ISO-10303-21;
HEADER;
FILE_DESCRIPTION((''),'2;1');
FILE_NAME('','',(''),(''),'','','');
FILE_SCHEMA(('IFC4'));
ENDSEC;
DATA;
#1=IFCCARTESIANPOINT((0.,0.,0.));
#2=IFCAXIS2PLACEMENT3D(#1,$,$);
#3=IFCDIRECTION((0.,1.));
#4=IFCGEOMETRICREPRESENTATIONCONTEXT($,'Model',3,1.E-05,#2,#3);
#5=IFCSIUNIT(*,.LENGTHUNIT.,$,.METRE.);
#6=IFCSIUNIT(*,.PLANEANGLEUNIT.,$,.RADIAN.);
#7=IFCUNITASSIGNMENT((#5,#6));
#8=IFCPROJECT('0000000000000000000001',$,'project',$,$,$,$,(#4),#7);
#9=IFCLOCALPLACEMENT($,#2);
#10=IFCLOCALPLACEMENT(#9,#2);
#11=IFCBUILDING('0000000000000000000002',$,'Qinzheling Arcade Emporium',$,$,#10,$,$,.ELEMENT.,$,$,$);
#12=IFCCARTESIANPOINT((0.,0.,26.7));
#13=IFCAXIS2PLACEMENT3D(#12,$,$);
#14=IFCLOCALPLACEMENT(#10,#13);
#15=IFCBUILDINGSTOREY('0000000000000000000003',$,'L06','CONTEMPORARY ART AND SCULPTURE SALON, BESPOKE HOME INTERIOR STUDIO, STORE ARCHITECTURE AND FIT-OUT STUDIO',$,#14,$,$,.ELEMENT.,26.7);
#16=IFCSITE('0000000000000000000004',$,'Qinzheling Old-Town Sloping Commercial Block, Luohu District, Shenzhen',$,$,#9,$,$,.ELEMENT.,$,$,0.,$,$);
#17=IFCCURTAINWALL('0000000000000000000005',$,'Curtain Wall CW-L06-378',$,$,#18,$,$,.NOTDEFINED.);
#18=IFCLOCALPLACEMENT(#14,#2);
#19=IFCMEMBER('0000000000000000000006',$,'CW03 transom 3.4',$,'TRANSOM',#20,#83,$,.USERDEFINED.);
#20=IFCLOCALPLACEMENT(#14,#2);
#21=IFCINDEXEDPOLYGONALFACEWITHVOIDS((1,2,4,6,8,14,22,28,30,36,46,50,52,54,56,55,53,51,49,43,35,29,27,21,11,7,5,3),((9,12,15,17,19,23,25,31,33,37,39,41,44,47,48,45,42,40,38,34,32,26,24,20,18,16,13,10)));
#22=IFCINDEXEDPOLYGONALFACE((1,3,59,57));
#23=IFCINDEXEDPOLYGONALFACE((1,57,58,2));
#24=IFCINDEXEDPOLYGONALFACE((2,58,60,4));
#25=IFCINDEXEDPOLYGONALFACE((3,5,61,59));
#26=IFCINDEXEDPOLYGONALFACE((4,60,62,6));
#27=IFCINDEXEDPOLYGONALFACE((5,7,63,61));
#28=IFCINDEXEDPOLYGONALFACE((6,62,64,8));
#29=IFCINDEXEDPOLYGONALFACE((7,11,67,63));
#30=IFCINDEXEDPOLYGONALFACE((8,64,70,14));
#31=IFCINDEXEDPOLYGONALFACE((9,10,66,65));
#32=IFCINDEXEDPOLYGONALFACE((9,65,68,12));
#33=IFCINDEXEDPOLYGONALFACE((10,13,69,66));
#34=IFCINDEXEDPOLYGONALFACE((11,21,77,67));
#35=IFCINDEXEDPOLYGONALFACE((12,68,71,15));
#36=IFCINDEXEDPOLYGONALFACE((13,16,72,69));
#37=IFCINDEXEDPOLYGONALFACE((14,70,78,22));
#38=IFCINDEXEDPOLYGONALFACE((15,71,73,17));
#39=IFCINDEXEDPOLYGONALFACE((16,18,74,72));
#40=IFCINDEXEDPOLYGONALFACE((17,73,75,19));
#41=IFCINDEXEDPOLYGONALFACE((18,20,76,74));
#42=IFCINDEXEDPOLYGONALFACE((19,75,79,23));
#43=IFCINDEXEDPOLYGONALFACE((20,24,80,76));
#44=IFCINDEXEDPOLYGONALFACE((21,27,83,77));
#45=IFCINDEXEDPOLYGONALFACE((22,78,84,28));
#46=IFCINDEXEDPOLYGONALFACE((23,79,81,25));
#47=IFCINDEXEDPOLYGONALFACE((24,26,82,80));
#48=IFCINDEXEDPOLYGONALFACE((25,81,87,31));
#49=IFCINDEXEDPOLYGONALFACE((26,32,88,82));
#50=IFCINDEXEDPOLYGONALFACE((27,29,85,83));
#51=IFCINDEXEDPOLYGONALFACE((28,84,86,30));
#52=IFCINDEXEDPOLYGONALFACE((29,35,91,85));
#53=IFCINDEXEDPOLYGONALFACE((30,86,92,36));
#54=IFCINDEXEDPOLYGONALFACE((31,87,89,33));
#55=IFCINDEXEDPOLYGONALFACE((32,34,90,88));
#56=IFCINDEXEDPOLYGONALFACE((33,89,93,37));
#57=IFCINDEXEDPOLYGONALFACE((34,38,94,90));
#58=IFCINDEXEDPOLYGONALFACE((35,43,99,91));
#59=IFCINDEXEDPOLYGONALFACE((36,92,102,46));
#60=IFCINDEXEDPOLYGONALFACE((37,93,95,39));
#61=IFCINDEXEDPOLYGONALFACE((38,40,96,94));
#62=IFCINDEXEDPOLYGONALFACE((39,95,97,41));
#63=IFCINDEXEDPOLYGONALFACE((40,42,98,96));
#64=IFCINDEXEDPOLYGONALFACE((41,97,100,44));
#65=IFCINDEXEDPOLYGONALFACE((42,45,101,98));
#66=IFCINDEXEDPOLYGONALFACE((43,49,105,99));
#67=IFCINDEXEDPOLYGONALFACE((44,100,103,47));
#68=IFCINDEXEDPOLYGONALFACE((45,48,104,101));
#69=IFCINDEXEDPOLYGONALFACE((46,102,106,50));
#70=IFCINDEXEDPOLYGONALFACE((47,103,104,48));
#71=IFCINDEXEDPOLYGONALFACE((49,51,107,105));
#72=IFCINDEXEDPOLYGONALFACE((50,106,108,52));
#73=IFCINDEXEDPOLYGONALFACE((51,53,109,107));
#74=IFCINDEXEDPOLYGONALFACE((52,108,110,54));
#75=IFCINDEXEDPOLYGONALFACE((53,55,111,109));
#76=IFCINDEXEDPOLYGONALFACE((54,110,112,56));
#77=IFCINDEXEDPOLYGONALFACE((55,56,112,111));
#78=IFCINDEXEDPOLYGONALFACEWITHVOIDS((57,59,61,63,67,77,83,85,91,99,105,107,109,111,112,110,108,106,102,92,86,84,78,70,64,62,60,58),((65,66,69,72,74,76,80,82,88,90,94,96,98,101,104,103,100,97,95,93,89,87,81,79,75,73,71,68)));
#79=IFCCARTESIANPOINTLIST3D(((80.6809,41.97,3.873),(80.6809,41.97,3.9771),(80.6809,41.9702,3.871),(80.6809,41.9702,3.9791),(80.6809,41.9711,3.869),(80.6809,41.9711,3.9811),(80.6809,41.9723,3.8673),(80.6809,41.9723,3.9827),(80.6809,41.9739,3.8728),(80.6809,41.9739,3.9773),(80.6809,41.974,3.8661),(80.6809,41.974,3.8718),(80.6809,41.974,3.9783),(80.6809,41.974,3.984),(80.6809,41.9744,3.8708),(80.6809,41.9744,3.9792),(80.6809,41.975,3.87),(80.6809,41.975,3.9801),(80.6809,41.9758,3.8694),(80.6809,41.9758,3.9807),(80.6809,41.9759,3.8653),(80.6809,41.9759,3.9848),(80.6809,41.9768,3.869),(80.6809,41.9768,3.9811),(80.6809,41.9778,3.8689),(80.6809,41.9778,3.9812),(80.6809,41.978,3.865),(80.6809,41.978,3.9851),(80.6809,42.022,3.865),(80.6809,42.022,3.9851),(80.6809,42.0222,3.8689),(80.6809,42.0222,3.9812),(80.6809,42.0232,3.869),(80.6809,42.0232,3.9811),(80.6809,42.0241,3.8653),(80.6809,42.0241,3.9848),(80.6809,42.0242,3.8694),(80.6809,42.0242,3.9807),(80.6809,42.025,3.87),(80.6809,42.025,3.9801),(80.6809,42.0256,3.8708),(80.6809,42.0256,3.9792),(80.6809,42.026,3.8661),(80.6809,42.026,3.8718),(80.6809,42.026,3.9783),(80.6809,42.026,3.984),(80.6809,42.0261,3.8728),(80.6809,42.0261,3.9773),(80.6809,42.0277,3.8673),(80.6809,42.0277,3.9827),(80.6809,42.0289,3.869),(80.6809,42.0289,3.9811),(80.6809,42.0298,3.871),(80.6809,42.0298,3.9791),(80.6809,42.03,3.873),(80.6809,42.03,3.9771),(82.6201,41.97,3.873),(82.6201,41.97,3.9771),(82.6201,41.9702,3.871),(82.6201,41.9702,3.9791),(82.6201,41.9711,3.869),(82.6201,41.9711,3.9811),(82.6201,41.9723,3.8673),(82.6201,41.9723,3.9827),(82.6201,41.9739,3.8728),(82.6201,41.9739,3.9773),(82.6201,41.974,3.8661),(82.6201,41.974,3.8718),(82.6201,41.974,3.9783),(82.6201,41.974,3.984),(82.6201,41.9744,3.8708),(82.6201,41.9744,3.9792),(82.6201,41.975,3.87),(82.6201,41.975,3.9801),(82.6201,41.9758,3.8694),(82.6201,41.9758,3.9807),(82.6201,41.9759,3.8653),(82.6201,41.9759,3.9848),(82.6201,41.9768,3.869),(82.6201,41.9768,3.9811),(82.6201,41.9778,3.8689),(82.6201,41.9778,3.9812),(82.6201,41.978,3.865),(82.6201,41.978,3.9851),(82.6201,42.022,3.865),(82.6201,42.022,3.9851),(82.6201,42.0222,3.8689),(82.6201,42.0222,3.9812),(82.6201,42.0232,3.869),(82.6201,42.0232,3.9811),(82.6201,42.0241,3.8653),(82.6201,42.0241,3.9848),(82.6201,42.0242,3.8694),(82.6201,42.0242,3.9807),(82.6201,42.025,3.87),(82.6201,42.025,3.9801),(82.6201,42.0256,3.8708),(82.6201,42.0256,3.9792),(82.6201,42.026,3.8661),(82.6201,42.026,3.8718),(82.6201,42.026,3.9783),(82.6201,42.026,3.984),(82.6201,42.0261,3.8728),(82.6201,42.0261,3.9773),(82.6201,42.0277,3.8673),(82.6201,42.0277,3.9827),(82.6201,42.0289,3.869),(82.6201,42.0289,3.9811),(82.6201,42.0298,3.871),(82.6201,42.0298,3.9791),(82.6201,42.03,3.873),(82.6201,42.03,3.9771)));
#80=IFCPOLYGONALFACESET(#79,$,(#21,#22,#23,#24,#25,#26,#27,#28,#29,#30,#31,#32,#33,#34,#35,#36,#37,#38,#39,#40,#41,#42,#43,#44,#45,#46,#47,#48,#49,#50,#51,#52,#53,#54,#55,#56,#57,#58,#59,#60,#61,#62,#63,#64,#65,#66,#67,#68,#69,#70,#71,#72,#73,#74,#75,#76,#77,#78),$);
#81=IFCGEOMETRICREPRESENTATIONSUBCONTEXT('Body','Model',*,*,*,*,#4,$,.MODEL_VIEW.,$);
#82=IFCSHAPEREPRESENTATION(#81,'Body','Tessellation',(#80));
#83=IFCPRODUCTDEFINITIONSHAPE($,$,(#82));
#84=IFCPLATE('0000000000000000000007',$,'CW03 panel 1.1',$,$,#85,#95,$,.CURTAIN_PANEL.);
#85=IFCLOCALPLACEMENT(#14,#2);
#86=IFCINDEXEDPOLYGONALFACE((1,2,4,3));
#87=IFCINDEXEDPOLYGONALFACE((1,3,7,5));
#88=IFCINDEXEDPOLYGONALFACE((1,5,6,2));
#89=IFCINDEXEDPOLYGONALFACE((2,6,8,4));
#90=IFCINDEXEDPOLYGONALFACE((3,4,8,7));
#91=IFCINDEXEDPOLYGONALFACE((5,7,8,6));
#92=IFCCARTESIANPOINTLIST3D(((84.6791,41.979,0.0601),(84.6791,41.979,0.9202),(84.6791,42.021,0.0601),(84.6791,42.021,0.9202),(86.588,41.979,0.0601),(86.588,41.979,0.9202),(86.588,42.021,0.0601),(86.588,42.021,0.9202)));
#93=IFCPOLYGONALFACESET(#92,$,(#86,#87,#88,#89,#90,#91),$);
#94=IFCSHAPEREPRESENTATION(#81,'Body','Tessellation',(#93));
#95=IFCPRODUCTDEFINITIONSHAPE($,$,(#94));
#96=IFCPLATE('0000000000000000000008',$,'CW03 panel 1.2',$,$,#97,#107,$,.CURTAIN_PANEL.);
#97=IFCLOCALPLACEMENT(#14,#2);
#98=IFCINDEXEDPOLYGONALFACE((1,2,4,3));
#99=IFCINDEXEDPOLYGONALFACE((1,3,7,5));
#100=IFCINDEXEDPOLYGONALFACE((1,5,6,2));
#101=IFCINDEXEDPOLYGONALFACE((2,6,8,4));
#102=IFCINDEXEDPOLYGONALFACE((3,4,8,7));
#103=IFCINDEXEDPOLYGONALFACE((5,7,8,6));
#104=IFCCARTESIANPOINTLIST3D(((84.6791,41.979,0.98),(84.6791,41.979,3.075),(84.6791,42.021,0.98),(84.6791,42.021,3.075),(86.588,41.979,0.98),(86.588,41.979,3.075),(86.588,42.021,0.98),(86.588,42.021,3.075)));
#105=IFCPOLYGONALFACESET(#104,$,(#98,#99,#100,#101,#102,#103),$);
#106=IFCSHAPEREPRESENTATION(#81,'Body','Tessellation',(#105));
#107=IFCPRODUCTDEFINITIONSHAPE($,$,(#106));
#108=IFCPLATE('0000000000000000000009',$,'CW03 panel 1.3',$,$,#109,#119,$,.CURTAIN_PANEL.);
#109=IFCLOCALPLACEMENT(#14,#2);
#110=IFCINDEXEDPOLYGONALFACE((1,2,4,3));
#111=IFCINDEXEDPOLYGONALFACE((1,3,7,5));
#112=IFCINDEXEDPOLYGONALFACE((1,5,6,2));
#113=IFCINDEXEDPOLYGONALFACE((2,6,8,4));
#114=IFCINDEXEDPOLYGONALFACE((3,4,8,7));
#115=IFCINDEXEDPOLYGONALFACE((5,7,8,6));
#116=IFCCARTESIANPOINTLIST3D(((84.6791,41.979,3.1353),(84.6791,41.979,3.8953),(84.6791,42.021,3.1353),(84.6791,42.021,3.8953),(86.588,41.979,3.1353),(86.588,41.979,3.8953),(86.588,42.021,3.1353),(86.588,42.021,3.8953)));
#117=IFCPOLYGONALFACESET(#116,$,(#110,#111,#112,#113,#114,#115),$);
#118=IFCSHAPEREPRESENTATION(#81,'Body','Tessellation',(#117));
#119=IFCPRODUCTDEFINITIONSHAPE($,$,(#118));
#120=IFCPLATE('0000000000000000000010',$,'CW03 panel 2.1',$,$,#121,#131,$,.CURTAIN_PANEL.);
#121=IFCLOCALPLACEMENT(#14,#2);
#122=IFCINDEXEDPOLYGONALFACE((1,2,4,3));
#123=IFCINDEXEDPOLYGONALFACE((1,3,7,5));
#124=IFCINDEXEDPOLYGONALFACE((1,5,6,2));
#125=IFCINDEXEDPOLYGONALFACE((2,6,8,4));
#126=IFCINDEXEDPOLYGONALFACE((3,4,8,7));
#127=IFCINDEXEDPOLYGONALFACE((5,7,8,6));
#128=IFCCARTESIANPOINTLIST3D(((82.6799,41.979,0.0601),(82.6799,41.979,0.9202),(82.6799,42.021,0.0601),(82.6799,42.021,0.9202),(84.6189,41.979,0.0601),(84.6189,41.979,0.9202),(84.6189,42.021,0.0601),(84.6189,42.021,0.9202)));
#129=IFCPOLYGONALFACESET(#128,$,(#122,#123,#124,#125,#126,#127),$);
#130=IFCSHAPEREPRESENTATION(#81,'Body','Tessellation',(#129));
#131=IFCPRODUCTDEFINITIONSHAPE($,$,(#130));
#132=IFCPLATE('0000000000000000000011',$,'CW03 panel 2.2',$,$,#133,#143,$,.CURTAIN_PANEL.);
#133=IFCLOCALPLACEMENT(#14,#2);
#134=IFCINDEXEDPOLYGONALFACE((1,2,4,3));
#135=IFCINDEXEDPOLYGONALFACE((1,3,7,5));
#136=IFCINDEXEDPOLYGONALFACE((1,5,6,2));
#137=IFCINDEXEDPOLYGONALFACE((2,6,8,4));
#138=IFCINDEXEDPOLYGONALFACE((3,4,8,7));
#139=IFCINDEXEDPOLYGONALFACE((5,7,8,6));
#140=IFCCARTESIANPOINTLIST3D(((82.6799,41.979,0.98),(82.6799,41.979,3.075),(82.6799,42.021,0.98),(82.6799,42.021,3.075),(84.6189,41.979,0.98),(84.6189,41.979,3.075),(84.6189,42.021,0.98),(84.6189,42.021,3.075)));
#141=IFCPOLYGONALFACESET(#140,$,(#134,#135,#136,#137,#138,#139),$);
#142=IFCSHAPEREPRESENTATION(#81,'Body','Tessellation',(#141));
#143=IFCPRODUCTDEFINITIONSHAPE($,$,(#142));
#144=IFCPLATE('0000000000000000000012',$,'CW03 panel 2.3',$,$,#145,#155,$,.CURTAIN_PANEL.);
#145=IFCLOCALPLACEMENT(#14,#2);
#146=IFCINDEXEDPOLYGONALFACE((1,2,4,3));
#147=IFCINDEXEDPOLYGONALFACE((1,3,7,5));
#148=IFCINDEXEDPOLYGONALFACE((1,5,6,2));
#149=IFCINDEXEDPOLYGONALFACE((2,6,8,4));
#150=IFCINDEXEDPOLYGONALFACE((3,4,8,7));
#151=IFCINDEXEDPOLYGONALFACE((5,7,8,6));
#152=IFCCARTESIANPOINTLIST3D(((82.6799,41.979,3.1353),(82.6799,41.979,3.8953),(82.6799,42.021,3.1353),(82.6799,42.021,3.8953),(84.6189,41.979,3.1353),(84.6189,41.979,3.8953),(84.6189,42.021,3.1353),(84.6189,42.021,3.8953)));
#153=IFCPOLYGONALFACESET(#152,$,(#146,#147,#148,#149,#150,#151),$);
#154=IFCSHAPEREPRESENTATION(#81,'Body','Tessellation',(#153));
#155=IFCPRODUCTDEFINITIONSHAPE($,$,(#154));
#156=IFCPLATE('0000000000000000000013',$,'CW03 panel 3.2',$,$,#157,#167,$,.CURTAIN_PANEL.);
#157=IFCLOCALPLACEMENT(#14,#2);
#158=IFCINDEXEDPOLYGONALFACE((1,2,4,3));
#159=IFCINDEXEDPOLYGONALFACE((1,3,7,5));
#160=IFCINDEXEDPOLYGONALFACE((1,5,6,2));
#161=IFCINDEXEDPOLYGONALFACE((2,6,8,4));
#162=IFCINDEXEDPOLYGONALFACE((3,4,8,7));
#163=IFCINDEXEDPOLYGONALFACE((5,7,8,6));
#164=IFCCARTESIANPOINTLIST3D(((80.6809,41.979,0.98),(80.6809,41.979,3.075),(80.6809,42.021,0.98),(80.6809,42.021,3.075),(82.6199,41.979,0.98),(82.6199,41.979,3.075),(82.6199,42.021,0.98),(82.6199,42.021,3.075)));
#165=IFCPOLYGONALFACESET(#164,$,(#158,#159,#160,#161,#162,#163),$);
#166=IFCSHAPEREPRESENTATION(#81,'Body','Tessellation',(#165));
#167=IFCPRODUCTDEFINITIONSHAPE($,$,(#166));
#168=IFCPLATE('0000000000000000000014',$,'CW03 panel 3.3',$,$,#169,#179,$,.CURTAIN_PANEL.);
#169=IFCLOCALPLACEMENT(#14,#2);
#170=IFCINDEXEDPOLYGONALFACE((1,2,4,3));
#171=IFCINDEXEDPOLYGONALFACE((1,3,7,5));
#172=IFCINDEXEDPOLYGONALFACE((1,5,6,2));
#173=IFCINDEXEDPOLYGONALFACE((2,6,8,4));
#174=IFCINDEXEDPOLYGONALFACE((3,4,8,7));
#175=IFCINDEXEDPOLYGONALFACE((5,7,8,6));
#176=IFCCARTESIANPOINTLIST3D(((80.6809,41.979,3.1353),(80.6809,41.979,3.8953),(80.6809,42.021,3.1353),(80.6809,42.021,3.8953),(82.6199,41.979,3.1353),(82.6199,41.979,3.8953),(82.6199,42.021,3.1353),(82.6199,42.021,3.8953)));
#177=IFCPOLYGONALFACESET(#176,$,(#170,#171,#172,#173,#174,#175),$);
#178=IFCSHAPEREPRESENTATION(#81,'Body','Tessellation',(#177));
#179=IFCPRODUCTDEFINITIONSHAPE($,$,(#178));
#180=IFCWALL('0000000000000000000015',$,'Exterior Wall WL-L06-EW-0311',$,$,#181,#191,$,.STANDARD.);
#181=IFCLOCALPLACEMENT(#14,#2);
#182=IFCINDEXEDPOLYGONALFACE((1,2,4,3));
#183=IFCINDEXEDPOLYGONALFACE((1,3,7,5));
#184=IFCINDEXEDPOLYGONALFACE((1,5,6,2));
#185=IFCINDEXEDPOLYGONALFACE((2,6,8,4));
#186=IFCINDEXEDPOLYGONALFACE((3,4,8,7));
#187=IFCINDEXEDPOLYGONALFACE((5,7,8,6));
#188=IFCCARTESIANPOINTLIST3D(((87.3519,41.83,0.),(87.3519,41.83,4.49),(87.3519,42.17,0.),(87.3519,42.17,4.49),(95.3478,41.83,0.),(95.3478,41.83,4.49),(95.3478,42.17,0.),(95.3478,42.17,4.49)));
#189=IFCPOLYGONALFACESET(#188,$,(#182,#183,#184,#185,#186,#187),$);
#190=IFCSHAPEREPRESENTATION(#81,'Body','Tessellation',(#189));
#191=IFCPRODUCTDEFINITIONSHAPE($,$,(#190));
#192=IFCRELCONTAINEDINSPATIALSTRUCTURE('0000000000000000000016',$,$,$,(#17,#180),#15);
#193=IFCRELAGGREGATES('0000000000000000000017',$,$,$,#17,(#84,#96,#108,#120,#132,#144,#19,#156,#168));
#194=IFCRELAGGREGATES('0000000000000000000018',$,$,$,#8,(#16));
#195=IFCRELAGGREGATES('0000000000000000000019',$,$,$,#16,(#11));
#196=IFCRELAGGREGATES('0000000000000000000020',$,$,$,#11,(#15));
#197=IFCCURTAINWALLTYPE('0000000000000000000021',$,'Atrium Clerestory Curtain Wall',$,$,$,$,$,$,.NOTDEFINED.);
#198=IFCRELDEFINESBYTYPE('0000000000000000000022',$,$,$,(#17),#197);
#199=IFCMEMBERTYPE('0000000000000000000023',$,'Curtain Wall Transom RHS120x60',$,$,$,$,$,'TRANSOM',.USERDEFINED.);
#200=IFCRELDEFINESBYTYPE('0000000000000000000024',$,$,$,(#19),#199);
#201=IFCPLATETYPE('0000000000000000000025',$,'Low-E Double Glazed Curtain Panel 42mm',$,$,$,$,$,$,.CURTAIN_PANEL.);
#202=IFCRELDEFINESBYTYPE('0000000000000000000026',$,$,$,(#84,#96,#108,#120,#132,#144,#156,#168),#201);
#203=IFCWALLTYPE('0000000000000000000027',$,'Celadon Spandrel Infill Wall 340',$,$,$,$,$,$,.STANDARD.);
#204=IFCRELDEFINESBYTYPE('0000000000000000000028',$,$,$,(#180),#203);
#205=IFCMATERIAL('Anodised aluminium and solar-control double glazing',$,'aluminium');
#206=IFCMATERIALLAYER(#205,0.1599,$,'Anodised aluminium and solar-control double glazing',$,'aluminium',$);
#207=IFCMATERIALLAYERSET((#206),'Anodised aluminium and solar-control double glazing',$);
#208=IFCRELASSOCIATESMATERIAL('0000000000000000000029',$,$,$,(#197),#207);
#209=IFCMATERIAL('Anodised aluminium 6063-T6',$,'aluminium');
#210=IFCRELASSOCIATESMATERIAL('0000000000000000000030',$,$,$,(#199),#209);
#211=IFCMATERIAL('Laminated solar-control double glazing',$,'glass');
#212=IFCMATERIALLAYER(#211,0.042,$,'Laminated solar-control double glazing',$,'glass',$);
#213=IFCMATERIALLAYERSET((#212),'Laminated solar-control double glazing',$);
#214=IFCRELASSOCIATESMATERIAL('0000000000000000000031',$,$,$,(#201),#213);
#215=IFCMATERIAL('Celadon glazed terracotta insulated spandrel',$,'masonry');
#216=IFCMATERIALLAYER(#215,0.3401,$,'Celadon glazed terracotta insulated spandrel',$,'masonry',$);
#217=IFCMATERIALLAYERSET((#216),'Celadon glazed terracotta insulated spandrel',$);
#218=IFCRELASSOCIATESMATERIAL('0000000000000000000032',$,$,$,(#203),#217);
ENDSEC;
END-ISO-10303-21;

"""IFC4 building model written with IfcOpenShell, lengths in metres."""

from ifc_helpers import new_model, si_unit, direction, frame, frame_2d, origin, origin_2d, place, context, subcontext, project, spatial, rectangle, hollow_rectangle, extrude, material, layer, layer_set, material_profile, profile_set, type_object, element, aggregate, save


model = new_model("IFC4")

# Units and contexts
model_context = context("Model", 3, precision=1e-05, world=origin(), true_north=direction((0.0, 1.0)))
body_context = subcontext(model_context, "Body", "Model", "MODEL_VIEW")
ifc_project = project(units=[si_unit("LENGTHUNIT", "METRE"), si_unit("PLANEANGLEUNIT", "RADIAN")], contexts=[model_context])

# Site, building, storey
site_placement = place(None, origin())
site = spatial("IfcSite", under=ifc_project, at=site_placement, Name="Qinzheling Old-Town Sloping Commercial Block, Luohu District, Shenzhen", CompositionType="ELEMENT", RefElevation=0.0)
building_placement = place(site_placement, origin())
building = spatial("IfcBuilding", under=site, at=building_placement, Name="Qinzheling Arcade Emporium", CompositionType="ELEMENT")
storey_placement = place(building_placement, frame((0.0, 0.0, 26.7)))
storey = spatial("IfcBuildingStorey", under=building, at=storey_placement, Name="L06", Description="CONTEMPORARY ART AND SCULPTURE SALON, BESPOKE HOME INTERIOR STUDIO, STORE ARCHITECTURE AND FIT-OUT STUDIO", CompositionType="ELEMENT", Elevation=26.7)

# Curtain wall, member, plates
ifc_material_1 = material(Name="Anodised aluminium and solar-control double glazing", Category="aluminium")
ifc_layer_1 = layer(ifc_material_1, 0.1599, Name="Anodised aluminium and solar-control double glazing", Category="aluminium")
ifc_layer_set_1 = layer_set([ifc_layer_1], Name="Anodised aluminium and solar-control double glazing")
curtain_wall_type = type_object("IfcCurtainWallType", Name="Atrium Clerestory Curtain Wall", PredefinedType="NOTDEFINED", material=ifc_layer_set_1)
curtain_wall_placement = place(storey_placement, origin())
curtain_wall = element("IfcCurtainWall", 1, at=curtain_wall_placement, inside=storey, type_object=curtain_wall_type, Name="Curtain Wall CW-L06-378", PredefinedType="NOTDEFINED")
ifc_material_2 = material(Name="Anodised aluminium 6063-T6", Category="aluminium")
ifc_material_profile_1 = material_profile(ifc_material_2, hollow_rectangle(XDim=0.0601, YDim=0.1201, WallThickness=0.0039, InnerFilletRadius=0.0039, OuterFilletRadius=0.0081, at=origin_2d()), Name="RHS 120x60x4", Category="aluminium")
ifc_profile_set_1 = profile_set([ifc_material_profile_1], Name="Anodised aluminium 6063-T6")
member_type_1 = type_object("IfcMemberType", Name="Curtain Wall Transom RHS120x60", ElementType="TRANSOM", PredefinedType="USERDEFINED", material=ifc_profile_set_1)
member_1_placement = place(storey_placement, frame((82.6201, 42.0, 3.925), z_axis=(-1.0, 0.0, 0.0), x_axis=(0.0, -1.0, 0.0)))
member_1 = element("IfcMember", 2, at=member_1_placement, type_object=member_type_1, Name="CW03 transom 3.4", ObjectType="TRANSOM", PredefinedType="USERDEFINED", context=body_context, shape_type="SweptSolid", body=[
    extrude(hollow_rectangle(XDim=0.0601, YDim=0.1201, WallThickness=0.0039, InnerFilletRadius=0.0039, OuterFilletRadius=0.0081, at=origin_2d()), origin(), (0.0, 0.0, 1.0), 1.9392),
])
ifc_material_3 = material(Name="Laminated solar-control double glazing", Category="glass")
ifc_layer_2 = layer(ifc_material_3, 0.042, Name="Laminated solar-control double glazing", Category="glass")
ifc_layer_set_2 = layer_set([ifc_layer_2], Name="Laminated solar-control double glazing")
plate_type = type_object("IfcPlateType", Name="Low-E Double Glazed Curtain Panel 42mm", PredefinedType="CURTAIN_PANEL", material=ifc_layer_set_2)
plate_1_placement = place(storey_placement, frame((85.6335, 42.0, 0.0601), z_axis=(0.0, 0.0, 1.0), x_axis=(-1.0, 0.0, 0.0)))
plate_1 = element("IfcPlate", 3, at=plate_1_placement, type_object=plate_type, Name="CW03 panel 1.1", PredefinedType="CURTAIN_PANEL", context=body_context, shape_type="SweptSolid", body=[
    extrude(rectangle(XDim=1.9089, YDim=0.042, at=origin_2d()), origin(), (0.0, 0.0, 1.0), 0.8601),
])
plate_2_placement = place(storey_placement, frame((85.6335, 42.0, 0.98), z_axis=(0.0, 0.0, 1.0), x_axis=(-1.0, 0.0, 0.0)))
plate_2 = element("IfcPlate", 4, at=plate_2_placement, type_object=plate_type, Name="CW03 panel 1.2", PredefinedType="CURTAIN_PANEL", context=body_context, shape_type="SweptSolid", body=[
    extrude(rectangle(XDim=1.9089, YDim=0.042, at=origin_2d()), origin(), (0.0, 0.0, 1.0), 2.095),
])
plate_3_placement = place(storey_placement, frame((85.6335, 42.0, 3.1353), z_axis=(0.0, 0.0, 1.0), x_axis=(-1.0, 0.0, 0.0)))
plate_3 = element("IfcPlate", 5, at=plate_3_placement, type_object=plate_type, Name="CW03 panel 1.3", PredefinedType="CURTAIN_PANEL", context=body_context, shape_type="SweptSolid", body=[
    extrude(rectangle(XDim=1.9089, YDim=0.042, at=origin_2d()), origin(), (0.0, 0.0, 1.0), 0.76),
])
plate_4_placement = place(storey_placement, frame((83.6494, 42.0, 0.0601), z_axis=(0.0, 0.0, 1.0), x_axis=(-1.0, 0.0, 0.0)))
plate_4 = element("IfcPlate", 6, at=plate_4_placement, type_object=plate_type, Name="CW03 panel 2.1", PredefinedType="CURTAIN_PANEL", context=body_context, shape_type="SweptSolid", body=[
    extrude(rectangle(XDim=1.939, YDim=0.042, at=origin_2d()), origin(), (0.0, 0.0, 1.0), 0.8601),
])
plate_5_placement = place(storey_placement, frame((83.6494, 42.0, 0.98), z_axis=(0.0, 0.0, 1.0), x_axis=(-1.0, 0.0, 0.0)))
plate_5 = element("IfcPlate", 7, at=plate_5_placement, type_object=plate_type, Name="CW03 panel 2.2", PredefinedType="CURTAIN_PANEL", context=body_context, shape_type="SweptSolid", body=[
    extrude(rectangle(XDim=1.939, YDim=0.042, at=origin_2d()), origin(), (0.0, 0.0, 1.0), 2.095),
])
plate_6_placement = place(storey_placement, frame((83.6494, 42.0, 3.1353), z_axis=(0.0, 0.0, 1.0), x_axis=(-1.0, 0.0, 0.0)))
plate_6 = element("IfcPlate", 8, at=plate_6_placement, type_object=plate_type, Name="CW03 panel 2.3", PredefinedType="CURTAIN_PANEL", context=body_context, shape_type="SweptSolid", body=[
    extrude(rectangle(XDim=1.939, YDim=0.042, at=origin_2d()), origin(), (0.0, 0.0, 1.0), 0.76),
])
plate_7_placement = place(storey_placement, frame((81.6504, 42.0, 0.98), z_axis=(0.0, 0.0, 1.0), x_axis=(-1.0, 0.0, 0.0)))
plate_7 = element("IfcPlate", 9, at=plate_7_placement, type_object=plate_type, Name="CW03 panel 3.2", PredefinedType="CURTAIN_PANEL", context=body_context, shape_type="SweptSolid", body=[
    extrude(rectangle(XDim=1.939, YDim=0.042, at=origin_2d()), origin(), (0.0, 0.0, 1.0), 2.095),
])
plate_8_placement = place(storey_placement, frame((81.6504, 42.0, 3.1353), z_axis=(0.0, 0.0, 1.0), x_axis=(-1.0, 0.0, 0.0)))
plate_8 = element("IfcPlate", 10, at=plate_8_placement, type_object=plate_type, Name="CW03 panel 3.3", PredefinedType="CURTAIN_PANEL", context=body_context, shape_type="SweptSolid", body=[
    extrude(rectangle(XDim=1.939, YDim=0.042, at=origin_2d()), origin(), (0.0, 0.0, 1.0), 0.76),
])
aggregate(curtain_wall, [plate_1, plate_2, plate_3, plate_4, plate_5, plate_6, member_1, plate_7, plate_8])

# Wall
ifc_material_4 = material(Name="Celadon glazed terracotta insulated spandrel", Category="masonry")
ifc_layer_3 = layer(ifc_material_4, 0.3401, Name="Celadon glazed terracotta insulated spandrel", Category="masonry")
ifc_layer_set_3 = layer_set([ifc_layer_3], Name="Celadon glazed terracotta insulated spandrel")
wall_type_1 = type_object("IfcWallType", Name="Celadon Spandrel Infill Wall 340", PredefinedType="STANDARD", material=ifc_layer_set_3)
wall_1_placement = place(storey_placement, frame((95.3479, 42.0, 0.0), z_axis=(0.0, 0.0, 1.0), x_axis=(-1.0, 0.0, 0.0)))
element("IfcWall", 11, at=wall_1_placement, inside=storey, type_object=wall_type_1, Name="Exterior Wall WL-L06-EW-0311", PredefinedType="STANDARD", context=body_context, shape_type="SweptSolid", body=[
    extrude(rectangle(XDim=7.9958, YDim=0.3401, at=frame_2d((3.998, 0.0))), origin(), (0.0, 0.0, 1.0), 4.49),
])

save(model, "model.ifc")
